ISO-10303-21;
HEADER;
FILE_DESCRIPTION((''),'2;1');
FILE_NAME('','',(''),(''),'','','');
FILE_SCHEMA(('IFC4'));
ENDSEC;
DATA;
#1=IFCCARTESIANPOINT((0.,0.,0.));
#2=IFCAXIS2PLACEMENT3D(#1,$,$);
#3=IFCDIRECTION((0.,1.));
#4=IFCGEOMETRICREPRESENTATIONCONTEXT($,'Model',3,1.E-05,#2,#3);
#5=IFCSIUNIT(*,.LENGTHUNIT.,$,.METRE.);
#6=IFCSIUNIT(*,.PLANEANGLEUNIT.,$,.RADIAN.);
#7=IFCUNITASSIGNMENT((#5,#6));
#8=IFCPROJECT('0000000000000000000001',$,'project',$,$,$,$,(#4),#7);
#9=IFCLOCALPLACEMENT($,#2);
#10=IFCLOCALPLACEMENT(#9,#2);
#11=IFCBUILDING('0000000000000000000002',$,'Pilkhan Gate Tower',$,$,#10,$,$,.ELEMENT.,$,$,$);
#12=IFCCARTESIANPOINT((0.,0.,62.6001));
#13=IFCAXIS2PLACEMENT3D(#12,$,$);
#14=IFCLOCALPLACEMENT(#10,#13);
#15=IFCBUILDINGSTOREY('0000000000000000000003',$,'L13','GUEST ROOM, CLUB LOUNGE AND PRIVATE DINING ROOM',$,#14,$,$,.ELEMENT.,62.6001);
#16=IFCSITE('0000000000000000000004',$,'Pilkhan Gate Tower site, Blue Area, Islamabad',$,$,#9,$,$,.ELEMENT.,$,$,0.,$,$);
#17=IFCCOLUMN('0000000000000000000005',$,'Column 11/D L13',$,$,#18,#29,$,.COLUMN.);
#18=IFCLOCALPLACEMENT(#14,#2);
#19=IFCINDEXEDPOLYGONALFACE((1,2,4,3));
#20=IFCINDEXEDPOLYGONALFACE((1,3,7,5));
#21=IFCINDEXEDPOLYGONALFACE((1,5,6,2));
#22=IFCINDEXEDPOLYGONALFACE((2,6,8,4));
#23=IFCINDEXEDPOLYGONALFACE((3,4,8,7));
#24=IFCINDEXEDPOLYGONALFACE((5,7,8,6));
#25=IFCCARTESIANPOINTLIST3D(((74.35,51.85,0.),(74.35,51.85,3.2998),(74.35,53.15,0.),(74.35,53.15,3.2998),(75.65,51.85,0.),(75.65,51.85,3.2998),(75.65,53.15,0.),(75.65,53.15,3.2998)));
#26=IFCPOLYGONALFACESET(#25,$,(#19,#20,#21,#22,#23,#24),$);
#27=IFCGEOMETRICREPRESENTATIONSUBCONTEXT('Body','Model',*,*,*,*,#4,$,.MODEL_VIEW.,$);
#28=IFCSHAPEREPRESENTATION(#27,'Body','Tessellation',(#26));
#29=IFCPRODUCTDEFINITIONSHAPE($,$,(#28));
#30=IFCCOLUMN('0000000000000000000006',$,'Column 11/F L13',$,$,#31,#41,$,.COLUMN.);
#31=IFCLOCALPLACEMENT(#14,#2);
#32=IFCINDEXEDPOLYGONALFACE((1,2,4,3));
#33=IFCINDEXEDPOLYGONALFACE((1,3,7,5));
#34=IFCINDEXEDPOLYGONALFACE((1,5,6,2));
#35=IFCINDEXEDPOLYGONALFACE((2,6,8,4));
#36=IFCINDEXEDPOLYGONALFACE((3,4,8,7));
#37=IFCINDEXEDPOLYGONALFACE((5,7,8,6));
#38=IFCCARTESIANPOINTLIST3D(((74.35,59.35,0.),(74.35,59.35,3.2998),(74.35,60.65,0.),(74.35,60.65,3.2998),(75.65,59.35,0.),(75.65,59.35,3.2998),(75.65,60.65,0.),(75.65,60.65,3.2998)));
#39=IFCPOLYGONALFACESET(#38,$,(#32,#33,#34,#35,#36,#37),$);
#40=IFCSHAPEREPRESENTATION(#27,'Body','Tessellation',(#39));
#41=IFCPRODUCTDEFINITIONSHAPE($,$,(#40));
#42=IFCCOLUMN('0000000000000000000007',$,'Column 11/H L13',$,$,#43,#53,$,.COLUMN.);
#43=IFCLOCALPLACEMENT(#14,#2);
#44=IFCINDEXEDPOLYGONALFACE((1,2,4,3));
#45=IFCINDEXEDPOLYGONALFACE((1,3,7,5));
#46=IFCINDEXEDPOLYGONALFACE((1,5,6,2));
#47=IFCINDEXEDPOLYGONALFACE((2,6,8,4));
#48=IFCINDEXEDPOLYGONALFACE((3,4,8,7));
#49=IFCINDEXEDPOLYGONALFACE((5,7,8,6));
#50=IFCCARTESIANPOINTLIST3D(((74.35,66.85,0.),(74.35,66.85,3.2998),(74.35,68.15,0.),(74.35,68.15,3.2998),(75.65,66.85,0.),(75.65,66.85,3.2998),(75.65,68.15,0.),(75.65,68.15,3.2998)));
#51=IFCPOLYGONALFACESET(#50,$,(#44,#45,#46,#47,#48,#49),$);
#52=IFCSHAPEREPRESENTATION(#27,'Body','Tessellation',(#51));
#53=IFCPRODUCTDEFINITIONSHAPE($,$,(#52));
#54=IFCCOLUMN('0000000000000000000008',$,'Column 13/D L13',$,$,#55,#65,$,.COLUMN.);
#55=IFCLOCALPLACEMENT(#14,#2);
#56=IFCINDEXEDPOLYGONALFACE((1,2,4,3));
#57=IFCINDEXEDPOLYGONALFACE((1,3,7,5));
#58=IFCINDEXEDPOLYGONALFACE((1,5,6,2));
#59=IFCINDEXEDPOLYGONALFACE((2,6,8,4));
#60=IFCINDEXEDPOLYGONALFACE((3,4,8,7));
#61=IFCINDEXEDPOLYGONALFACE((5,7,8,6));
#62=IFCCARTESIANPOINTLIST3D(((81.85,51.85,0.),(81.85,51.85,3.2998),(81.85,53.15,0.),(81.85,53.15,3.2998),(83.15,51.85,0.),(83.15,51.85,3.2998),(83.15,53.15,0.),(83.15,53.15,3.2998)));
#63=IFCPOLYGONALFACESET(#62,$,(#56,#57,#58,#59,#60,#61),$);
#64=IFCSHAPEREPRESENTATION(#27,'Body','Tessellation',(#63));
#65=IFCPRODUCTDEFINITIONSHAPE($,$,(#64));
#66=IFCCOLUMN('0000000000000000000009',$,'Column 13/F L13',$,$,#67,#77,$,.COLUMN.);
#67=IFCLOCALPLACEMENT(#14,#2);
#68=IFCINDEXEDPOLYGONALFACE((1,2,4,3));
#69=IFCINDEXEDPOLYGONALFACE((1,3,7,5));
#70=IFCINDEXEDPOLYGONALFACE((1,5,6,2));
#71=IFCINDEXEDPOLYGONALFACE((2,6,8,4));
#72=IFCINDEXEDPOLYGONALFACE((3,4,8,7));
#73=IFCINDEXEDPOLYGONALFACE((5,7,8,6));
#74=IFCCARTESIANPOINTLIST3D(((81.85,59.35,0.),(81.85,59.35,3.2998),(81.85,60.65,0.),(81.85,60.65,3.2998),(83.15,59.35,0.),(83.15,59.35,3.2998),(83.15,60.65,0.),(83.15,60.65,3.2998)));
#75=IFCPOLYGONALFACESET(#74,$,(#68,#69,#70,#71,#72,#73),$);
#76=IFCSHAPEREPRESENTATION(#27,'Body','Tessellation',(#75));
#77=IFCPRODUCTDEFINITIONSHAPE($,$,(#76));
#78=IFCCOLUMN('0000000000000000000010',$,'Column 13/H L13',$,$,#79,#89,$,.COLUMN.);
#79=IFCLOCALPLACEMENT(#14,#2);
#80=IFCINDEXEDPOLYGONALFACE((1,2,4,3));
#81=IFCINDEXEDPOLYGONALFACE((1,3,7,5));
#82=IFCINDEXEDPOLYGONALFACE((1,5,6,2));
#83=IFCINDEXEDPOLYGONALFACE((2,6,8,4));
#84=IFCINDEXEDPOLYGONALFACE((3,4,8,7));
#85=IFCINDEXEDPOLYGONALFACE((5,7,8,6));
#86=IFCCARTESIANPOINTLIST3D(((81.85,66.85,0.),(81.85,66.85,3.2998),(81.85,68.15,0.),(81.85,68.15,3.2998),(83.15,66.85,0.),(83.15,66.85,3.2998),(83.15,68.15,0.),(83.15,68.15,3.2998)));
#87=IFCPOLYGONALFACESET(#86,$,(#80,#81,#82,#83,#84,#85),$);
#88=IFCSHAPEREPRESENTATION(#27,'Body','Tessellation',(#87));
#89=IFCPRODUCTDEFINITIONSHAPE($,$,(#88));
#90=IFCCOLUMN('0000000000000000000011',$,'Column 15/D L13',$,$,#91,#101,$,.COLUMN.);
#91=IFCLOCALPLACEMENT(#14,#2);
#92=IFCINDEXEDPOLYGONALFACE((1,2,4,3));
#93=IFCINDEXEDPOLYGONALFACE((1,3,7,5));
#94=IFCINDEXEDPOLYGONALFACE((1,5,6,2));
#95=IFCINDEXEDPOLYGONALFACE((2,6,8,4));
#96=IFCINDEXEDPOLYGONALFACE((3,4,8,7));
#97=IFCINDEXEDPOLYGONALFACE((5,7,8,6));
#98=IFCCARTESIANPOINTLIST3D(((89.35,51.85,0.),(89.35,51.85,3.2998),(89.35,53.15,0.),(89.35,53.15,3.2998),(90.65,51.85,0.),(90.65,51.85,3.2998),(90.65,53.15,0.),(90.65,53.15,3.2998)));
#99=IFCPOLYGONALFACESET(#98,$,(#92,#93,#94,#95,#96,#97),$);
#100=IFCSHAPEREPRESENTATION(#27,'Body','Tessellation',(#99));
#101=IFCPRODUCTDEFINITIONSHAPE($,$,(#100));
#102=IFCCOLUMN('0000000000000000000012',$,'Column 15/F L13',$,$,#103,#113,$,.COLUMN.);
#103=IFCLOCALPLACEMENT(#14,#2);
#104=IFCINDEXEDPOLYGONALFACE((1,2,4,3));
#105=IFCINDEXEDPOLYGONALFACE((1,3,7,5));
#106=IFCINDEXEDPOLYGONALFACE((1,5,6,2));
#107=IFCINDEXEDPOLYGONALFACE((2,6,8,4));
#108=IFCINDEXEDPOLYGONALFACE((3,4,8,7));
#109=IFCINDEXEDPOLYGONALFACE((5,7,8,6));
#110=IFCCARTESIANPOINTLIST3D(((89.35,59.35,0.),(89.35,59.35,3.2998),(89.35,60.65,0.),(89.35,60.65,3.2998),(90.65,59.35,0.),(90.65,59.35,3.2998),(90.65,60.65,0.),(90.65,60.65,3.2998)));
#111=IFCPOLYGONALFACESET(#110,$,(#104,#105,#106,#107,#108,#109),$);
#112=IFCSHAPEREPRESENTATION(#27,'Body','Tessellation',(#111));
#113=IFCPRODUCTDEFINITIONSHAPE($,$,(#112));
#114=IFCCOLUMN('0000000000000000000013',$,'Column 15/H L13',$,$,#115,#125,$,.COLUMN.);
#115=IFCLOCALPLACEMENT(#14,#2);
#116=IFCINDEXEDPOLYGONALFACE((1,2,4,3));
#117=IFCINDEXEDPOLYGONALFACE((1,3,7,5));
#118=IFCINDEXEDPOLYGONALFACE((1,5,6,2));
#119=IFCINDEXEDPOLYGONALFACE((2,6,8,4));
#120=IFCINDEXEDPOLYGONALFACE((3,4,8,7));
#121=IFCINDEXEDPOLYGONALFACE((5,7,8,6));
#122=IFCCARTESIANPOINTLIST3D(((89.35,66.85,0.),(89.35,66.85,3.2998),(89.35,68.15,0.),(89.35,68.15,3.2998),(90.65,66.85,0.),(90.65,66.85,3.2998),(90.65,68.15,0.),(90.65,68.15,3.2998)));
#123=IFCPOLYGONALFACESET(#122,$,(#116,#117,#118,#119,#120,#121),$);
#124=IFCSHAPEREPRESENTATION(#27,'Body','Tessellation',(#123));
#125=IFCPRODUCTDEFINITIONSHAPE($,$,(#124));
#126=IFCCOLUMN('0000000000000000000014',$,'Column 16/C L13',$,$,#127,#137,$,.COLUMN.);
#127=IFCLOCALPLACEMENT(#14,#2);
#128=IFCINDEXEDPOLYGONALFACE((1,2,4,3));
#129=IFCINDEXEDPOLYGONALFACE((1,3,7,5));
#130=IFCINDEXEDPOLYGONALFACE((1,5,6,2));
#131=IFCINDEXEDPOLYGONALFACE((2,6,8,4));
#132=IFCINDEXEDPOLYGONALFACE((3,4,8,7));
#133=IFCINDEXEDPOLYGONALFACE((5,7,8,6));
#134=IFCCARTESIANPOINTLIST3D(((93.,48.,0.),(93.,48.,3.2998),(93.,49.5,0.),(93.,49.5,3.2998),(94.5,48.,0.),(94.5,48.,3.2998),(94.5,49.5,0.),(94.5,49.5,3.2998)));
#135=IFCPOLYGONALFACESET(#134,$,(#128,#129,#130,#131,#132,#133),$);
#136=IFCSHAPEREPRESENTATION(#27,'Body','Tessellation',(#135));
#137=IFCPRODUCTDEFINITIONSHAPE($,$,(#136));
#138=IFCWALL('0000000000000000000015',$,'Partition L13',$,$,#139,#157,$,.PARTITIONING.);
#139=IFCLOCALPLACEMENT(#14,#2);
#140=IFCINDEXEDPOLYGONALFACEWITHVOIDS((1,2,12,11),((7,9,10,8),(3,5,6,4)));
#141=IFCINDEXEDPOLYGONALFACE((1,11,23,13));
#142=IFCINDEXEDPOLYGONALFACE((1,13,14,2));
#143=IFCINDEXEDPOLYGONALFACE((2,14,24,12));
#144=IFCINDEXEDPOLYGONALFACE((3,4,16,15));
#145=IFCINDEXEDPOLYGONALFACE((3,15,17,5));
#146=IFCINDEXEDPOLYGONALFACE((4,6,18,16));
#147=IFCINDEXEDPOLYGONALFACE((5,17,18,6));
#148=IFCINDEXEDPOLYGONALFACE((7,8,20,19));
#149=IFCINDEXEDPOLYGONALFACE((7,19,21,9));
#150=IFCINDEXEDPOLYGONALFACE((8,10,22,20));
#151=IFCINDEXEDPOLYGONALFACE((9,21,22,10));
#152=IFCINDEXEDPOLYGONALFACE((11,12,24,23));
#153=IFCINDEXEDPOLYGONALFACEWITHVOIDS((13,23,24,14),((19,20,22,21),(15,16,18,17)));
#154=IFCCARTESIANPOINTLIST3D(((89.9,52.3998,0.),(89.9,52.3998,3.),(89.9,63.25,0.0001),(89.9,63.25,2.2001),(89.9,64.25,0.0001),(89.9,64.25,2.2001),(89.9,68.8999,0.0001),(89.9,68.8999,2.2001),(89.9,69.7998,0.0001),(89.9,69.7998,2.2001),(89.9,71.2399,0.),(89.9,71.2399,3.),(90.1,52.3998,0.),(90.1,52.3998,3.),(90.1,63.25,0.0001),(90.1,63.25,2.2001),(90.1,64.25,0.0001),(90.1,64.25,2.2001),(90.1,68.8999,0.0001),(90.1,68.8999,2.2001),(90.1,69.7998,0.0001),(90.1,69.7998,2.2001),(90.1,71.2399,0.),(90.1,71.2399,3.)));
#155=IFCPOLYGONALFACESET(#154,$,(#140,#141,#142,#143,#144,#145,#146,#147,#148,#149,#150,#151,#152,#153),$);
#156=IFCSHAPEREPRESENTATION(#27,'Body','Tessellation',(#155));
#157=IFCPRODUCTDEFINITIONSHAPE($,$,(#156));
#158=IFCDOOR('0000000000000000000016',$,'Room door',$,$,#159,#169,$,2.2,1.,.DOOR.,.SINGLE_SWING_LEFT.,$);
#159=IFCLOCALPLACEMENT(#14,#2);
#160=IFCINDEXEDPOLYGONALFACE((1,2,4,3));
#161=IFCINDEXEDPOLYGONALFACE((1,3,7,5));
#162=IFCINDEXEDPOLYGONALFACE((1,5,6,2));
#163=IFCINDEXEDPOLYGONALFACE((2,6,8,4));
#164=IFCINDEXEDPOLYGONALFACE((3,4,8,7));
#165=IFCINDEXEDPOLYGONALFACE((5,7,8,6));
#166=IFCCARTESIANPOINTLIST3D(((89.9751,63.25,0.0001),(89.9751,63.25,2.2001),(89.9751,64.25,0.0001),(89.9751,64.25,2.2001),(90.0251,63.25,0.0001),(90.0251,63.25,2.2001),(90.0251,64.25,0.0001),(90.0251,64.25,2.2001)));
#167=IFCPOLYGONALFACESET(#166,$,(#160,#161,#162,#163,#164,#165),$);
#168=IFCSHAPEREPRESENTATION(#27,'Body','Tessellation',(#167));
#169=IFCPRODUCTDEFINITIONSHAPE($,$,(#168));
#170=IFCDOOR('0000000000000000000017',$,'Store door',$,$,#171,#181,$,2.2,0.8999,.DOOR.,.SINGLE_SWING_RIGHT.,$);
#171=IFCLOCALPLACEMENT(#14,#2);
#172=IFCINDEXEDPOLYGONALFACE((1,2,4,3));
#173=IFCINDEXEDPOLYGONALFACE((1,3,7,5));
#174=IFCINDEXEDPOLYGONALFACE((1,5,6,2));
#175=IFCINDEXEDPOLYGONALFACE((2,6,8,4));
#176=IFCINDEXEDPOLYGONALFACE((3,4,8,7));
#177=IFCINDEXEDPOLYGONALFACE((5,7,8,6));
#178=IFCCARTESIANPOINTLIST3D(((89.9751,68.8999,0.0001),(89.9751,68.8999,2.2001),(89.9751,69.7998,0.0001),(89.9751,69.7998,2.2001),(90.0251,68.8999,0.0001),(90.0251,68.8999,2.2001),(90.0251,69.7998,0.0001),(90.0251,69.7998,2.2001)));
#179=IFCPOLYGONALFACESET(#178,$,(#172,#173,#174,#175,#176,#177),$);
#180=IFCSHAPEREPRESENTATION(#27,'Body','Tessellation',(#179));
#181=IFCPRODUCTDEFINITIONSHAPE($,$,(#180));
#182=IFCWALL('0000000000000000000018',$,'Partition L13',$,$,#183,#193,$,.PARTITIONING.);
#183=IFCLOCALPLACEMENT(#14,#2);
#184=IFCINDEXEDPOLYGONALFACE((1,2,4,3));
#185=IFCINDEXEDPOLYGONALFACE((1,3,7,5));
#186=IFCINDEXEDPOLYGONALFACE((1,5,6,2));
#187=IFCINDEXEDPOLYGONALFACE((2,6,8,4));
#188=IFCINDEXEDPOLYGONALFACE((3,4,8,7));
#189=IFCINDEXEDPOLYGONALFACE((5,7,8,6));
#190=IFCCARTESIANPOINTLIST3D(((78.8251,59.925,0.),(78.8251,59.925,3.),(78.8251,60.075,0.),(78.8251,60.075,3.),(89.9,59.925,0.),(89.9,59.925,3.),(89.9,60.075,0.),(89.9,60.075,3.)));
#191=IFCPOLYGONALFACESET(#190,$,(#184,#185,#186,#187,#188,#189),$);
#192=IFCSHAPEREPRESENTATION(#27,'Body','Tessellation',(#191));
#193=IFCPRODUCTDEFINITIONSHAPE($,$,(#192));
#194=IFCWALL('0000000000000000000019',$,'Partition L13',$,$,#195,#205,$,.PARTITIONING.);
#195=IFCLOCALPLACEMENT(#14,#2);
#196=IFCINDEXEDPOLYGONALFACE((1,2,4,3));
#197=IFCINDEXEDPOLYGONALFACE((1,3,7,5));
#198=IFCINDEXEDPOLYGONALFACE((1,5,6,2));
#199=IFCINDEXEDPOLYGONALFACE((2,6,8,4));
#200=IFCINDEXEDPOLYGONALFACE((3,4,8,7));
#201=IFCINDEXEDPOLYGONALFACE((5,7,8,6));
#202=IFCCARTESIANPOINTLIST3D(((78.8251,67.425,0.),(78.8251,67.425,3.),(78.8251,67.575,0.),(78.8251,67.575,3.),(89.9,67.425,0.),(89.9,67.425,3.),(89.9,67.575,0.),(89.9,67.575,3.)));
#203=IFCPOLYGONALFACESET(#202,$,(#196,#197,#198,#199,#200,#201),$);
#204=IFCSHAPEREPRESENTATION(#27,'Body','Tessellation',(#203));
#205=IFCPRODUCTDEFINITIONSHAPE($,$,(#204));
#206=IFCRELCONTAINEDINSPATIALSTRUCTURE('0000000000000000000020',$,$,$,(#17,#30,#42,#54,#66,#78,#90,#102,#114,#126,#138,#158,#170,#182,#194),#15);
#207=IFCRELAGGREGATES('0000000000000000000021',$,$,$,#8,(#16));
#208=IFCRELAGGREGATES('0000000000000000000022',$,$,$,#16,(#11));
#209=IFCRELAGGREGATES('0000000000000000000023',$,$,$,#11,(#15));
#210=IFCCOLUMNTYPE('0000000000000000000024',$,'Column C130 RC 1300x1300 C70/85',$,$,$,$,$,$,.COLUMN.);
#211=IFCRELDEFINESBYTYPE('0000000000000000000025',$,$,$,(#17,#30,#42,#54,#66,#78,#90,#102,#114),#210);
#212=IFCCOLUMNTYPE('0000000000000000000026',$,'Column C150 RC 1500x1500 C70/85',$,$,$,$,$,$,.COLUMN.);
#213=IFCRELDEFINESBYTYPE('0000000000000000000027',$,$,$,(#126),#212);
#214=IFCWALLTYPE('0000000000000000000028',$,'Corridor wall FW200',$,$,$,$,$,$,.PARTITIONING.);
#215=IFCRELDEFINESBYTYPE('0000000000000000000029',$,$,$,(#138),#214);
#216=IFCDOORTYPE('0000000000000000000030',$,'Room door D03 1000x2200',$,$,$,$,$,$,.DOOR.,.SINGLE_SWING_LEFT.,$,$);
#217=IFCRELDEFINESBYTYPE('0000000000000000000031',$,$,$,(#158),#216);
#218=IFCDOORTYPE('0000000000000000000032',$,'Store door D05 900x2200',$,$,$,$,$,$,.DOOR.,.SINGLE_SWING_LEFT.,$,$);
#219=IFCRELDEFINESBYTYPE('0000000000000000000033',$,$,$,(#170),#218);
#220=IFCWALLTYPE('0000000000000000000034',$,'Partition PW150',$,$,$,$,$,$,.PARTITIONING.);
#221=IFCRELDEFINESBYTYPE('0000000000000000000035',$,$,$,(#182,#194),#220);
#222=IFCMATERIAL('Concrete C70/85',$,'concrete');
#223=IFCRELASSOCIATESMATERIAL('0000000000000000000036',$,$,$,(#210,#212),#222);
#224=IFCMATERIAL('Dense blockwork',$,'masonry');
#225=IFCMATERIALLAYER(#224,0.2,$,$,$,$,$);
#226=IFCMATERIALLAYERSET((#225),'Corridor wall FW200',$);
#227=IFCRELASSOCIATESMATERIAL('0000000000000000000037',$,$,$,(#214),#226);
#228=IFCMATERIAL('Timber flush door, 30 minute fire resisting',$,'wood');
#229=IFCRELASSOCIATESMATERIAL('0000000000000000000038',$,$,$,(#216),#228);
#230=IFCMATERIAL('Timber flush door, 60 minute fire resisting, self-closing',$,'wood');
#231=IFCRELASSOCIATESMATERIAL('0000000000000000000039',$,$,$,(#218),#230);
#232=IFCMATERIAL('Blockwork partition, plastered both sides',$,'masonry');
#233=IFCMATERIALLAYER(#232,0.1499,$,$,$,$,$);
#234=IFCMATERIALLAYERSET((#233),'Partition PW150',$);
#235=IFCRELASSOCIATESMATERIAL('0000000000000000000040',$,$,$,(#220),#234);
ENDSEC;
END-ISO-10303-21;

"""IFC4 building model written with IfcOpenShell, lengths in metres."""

from ifc_helpers import new_model, si_unit, direction, frame, frame_2d, origin, origin_2d, place, context, subcontext, project, spatial, rectangle, extrude, material, layer, layer_set, material_profile, profile_set, type_object, element, fill, save


model = new_model("IFC4")

# Units and contexts
model_context = context("Model", 3, precision=1e-05, world=origin(), true_north=direction((0.0, 1.0)))
body_context = subcontext(model_context, "Body", "Model", "MODEL_VIEW")
ifc_project = project(units=[si_unit("LENGTHUNIT", "METRE"), si_unit("PLANEANGLEUNIT", "RADIAN")], contexts=[model_context])

# Site, building, storey
site_placement = place(None, origin())
site = spatial("IfcSite", under=ifc_project, at=site_placement, Name="Pilkhan Gate Tower site, Blue Area, Islamabad", CompositionType="ELEMENT", RefElevation=0.0)
building_placement = place(site_placement, origin())
building = spatial("IfcBuilding", under=site, at=building_placement, Name="Pilkhan Gate Tower", CompositionType="ELEMENT")
storey_placement = place(building_placement, frame((0.0, 0.0, 62.6001)))
storey = spatial("IfcBuildingStorey", under=building, at=storey_placement, Name="L13", Description="GUEST ROOM, CLUB LOUNGE AND PRIVATE DINING ROOM", CompositionType="ELEMENT", Elevation=62.6001)

# Columns
ifc_material_1 = material(Name="Concrete C70/85", Category="concrete")
ifc_material_profile_1 = material_profile(ifc_material_1, rectangle(XDim=1.3, YDim=1.3, at=origin_2d()), Name="RC 1300x1300")
ifc_profile_set_1 = profile_set([ifc_material_profile_1], Name="Concrete C70/85")
column_type_1 = type_object("IfcColumnType", Name="Column C130 RC 1300x1300 C70/85", PredefinedType="COLUMN", material=ifc_profile_set_1)
for number, where, z_axis, x_axis, name in (
    (1, (75.0, 52.5, 0.0), (0.0, 0.0, 1.0), (1.0, 0.0, 0.0), "Column 11/D L13"),
    (2, (75.0, 60.0, 0.0), (0.0, 0.0, 1.0), (1.0, 0.0, 0.0), "Column 11/F L13"),
    (3, (75.0, 67.5, 0.0), (0.0, 0.0, 1.0), (1.0, 0.0, 0.0), "Column 11/H L13"),
    (4, (82.5, 52.5, 0.0), (0.0, 0.0, 1.0), (1.0, 0.0, 0.0), "Column 13/D L13"),
    (5, (82.5, 60.0, 0.0), (0.0, 0.0, 1.0), (1.0, 0.0, 0.0), "Column 13/F L13"),
    (6, (82.5, 67.5, 0.0), (0.0, 0.0, 1.0), (1.0, 0.0, 0.0), "Column 13/H L13"),
    (7, (90.0, 52.5, 0.0), (0.0, 0.0, 1.0), (1.0, 0.0, 0.0), "Column 15/D L13"),
    (8, (90.0, 60.0, 0.0), (0.0, 0.0, 1.0), (1.0, 0.0, 0.0), "Column 15/F L13"),
    (9, (90.0, 67.5, 0.0), (0.0, 0.0, 1.0), (1.0, 0.0, 0.0), "Column 15/H L13"),
):
    element("IfcColumn", number, at=place(storey_placement, frame(where, z_axis=z_axis, x_axis=x_axis)), inside=storey, type_object=column_type_1, Name=name, PredefinedType="COLUMN", context=body_context, shape_type="SweptSolid", body=[
        extrude(rectangle(XDim=1.3, YDim=1.3, at=origin_2d()), origin(), (0.0, 0.0, 1.0), 3.2998),
    ])
ifc_material_profile_2 = material_profile(ifc_material_1, rectangle(XDim=1.5, YDim=1.5, at=origin_2d()), Name="RC 1500x1500")
ifc_profile_set_2 = profile_set([ifc_material_profile_2], Name="Concrete C70/85")
column_type_2 = type_object("IfcColumnType", Name="Column C150 RC 1500x1500 C70/85", PredefinedType="COLUMN", material=ifc_profile_set_2)
column_placement = place(storey_placement, frame((93.75, 48.75, 0.0), z_axis=(0.0, 0.0, 1.0), x_axis=(1.0, 0.0, 0.0)))
element("IfcColumn", 10, at=column_placement, inside=storey, type_object=column_type_2, Name="Column 16/C L13", PredefinedType="COLUMN", context=body_context, shape_type="SweptSolid", body=[
    extrude(rectangle(XDim=1.5, YDim=1.5, at=origin_2d()), origin(), (0.0, 0.0, 1.0), 3.2998),
])

# Wall, openings, doors
ifc_material_2 = material(Name="Dense blockwork", Category="masonry")
ifc_layer_1 = layer(ifc_material_2, 0.2)
ifc_layer_set_1 = layer_set([ifc_layer_1], Name="Corridor wall FW200")
wall_type_1 = type_object("IfcWallType", Name="Corridor wall FW200", PredefinedType="PARTITIONING", material=ifc_layer_set_1)
wall_1_placement = place(storey_placement, frame((90.0, 52.3999, 0.0), z_axis=(0.0, 0.0, 1.0), x_axis=(0.0, 1.0, 0.0)))
wall_1 = element("IfcWall", 11, at=wall_1_placement, inside=storey, type_object=wall_type_1, Name="Partition L13", PredefinedType="PARTITIONING", context=body_context, shape_type="SweptSolid", body=[
    extrude(rectangle(XDim=18.8401, YDim=0.2, at=frame_2d((9.4199, 0.0))), origin(), (0.0, 0.0, 1.0), 3.0),
])
opening_1_placement = place(wall_1_placement, frame((10.8501, 0.0, 0.0)))
opening_1 = element("IfcOpeningElement", 12, at=opening_1_placement, cuts=wall_1, PredefinedType="OPENING", context=body_context, shape_type="SweptSolid", body=[
    extrude(rectangle(XDim=1.0, YDim=2.2, at=frame_2d((0.5, 1.1001))), frame((0.0, 0.1099, 0.0), z_axis=(0.0, -1.0, 0.0), x_axis=(1.0, 0.0, 0.0)), (0.0, 0.0, 1.0), 0.22),
])
opening_2_placement = place(wall_1_placement, frame((16.5, 0.0, 0.0)))
opening_2 = element("IfcOpeningElement", 13, at=opening_2_placement, cuts=wall_1, PredefinedType="OPENING", context=body_context, shape_type="SweptSolid", body=[
    extrude(rectangle(XDim=0.8999, YDim=2.2, at=frame_2d((0.45, 1.1001))), frame((0.0, 0.1099, 0.0), z_axis=(0.0, -1.0, 0.0), x_axis=(1.0, 0.0, 0.0)), (0.0, 0.0, 1.0), 0.22),
])
ifc_material_3 = material(Name="Timber flush door, 30 minute fire resisting", Category="wood")
door_type_1 = type_object("IfcDoorType", Name="Room door D03 1000x2200", OperationType="SINGLE_SWING_LEFT", PredefinedType="DOOR", material=ifc_material_3)
door_1_placement = place(opening_1_placement, origin())
door_1 = element("IfcDoor", 14, at=door_1_placement, inside=storey, type_object=door_type_1, Name="Room door", OperationType="SINGLE_SWING_LEFT", OverallHeight=2.2, OverallWidth=1.0, PredefinedType="DOOR", context=body_context, shape_type="SweptSolid", body=[
    extrude(rectangle(XDim=1.0, YDim=2.2, at=frame_2d((0.5, 1.1001))), frame((0.0, 0.0249, 0.0), z_axis=(0.0, -1.0, 0.0), x_axis=(1.0, 0.0, 0.0)), (0.0, 0.0, 1.0), 0.05),
])
fill(opening_1, door_1)
ifc_material_4 = material(Name="Timber flush door, 60 minute fire resisting, self-closing", Category="wood")
door_type_2 = type_object("IfcDoorType", Name="Store door D05 900x2200", OperationType="SINGLE_SWING_LEFT", PredefinedType="DOOR", material=ifc_material_4)
door_2_placement = place(opening_2_placement, origin())
door_2 = element("IfcDoor", 15, at=door_2_placement, inside=storey, type_object=door_type_2, Name="Store door", OperationType="SINGLE_SWING_RIGHT", OverallHeight=2.2, OverallWidth=0.8999, PredefinedType="DOOR", context=body_context, shape_type="SweptSolid", body=[
    extrude(rectangle(XDim=0.8999, YDim=2.2, at=frame_2d((0.45, 1.1001))), frame((0.0, 0.0249, 0.0), z_axis=(0.0, -1.0, 0.0), x_axis=(1.0, 0.0, 0.0)), (0.0, 0.0, 1.0), 0.05),
])
fill(opening_2, door_2)

# Walls
ifc_material_5 = material(Name="Blockwork partition, plastered both sides", Category="masonry")
ifc_layer_2 = layer(ifc_material_5, 0.1499)
ifc_layer_set_2 = layer_set([ifc_layer_2], Name="Partition PW150")
wall_type_2 = type_object("IfcWallType", Name="Partition PW150", PredefinedType="PARTITIONING", material=ifc_layer_set_2)
for number, where, z_axis, x_axis, name in (
    (16, (78.825, 60.0, 0.0), (0.0, 0.0, 1.0), (1.0, 0.0, 0.0), "Partition L13"),
    (17, (78.825, 67.5, 0.0), (0.0, 0.0, 1.0), (1.0, 0.0, 0.0), "Partition L13"),
):
    element("IfcWall", number, at=place(storey_placement, frame(where, z_axis=z_axis, x_axis=x_axis)), inside=storey, type_object=wall_type_2, Name=name, PredefinedType="PARTITIONING", context=body_context, shape_type="SweptSolid", body=[
        extrude(rectangle(XDim=11.075, YDim=0.1499, at=frame_2d((5.5376, 0.0))), origin(), (0.0, 0.0, 1.0), 3.0),
    ])

save(model, "model.ifc")
